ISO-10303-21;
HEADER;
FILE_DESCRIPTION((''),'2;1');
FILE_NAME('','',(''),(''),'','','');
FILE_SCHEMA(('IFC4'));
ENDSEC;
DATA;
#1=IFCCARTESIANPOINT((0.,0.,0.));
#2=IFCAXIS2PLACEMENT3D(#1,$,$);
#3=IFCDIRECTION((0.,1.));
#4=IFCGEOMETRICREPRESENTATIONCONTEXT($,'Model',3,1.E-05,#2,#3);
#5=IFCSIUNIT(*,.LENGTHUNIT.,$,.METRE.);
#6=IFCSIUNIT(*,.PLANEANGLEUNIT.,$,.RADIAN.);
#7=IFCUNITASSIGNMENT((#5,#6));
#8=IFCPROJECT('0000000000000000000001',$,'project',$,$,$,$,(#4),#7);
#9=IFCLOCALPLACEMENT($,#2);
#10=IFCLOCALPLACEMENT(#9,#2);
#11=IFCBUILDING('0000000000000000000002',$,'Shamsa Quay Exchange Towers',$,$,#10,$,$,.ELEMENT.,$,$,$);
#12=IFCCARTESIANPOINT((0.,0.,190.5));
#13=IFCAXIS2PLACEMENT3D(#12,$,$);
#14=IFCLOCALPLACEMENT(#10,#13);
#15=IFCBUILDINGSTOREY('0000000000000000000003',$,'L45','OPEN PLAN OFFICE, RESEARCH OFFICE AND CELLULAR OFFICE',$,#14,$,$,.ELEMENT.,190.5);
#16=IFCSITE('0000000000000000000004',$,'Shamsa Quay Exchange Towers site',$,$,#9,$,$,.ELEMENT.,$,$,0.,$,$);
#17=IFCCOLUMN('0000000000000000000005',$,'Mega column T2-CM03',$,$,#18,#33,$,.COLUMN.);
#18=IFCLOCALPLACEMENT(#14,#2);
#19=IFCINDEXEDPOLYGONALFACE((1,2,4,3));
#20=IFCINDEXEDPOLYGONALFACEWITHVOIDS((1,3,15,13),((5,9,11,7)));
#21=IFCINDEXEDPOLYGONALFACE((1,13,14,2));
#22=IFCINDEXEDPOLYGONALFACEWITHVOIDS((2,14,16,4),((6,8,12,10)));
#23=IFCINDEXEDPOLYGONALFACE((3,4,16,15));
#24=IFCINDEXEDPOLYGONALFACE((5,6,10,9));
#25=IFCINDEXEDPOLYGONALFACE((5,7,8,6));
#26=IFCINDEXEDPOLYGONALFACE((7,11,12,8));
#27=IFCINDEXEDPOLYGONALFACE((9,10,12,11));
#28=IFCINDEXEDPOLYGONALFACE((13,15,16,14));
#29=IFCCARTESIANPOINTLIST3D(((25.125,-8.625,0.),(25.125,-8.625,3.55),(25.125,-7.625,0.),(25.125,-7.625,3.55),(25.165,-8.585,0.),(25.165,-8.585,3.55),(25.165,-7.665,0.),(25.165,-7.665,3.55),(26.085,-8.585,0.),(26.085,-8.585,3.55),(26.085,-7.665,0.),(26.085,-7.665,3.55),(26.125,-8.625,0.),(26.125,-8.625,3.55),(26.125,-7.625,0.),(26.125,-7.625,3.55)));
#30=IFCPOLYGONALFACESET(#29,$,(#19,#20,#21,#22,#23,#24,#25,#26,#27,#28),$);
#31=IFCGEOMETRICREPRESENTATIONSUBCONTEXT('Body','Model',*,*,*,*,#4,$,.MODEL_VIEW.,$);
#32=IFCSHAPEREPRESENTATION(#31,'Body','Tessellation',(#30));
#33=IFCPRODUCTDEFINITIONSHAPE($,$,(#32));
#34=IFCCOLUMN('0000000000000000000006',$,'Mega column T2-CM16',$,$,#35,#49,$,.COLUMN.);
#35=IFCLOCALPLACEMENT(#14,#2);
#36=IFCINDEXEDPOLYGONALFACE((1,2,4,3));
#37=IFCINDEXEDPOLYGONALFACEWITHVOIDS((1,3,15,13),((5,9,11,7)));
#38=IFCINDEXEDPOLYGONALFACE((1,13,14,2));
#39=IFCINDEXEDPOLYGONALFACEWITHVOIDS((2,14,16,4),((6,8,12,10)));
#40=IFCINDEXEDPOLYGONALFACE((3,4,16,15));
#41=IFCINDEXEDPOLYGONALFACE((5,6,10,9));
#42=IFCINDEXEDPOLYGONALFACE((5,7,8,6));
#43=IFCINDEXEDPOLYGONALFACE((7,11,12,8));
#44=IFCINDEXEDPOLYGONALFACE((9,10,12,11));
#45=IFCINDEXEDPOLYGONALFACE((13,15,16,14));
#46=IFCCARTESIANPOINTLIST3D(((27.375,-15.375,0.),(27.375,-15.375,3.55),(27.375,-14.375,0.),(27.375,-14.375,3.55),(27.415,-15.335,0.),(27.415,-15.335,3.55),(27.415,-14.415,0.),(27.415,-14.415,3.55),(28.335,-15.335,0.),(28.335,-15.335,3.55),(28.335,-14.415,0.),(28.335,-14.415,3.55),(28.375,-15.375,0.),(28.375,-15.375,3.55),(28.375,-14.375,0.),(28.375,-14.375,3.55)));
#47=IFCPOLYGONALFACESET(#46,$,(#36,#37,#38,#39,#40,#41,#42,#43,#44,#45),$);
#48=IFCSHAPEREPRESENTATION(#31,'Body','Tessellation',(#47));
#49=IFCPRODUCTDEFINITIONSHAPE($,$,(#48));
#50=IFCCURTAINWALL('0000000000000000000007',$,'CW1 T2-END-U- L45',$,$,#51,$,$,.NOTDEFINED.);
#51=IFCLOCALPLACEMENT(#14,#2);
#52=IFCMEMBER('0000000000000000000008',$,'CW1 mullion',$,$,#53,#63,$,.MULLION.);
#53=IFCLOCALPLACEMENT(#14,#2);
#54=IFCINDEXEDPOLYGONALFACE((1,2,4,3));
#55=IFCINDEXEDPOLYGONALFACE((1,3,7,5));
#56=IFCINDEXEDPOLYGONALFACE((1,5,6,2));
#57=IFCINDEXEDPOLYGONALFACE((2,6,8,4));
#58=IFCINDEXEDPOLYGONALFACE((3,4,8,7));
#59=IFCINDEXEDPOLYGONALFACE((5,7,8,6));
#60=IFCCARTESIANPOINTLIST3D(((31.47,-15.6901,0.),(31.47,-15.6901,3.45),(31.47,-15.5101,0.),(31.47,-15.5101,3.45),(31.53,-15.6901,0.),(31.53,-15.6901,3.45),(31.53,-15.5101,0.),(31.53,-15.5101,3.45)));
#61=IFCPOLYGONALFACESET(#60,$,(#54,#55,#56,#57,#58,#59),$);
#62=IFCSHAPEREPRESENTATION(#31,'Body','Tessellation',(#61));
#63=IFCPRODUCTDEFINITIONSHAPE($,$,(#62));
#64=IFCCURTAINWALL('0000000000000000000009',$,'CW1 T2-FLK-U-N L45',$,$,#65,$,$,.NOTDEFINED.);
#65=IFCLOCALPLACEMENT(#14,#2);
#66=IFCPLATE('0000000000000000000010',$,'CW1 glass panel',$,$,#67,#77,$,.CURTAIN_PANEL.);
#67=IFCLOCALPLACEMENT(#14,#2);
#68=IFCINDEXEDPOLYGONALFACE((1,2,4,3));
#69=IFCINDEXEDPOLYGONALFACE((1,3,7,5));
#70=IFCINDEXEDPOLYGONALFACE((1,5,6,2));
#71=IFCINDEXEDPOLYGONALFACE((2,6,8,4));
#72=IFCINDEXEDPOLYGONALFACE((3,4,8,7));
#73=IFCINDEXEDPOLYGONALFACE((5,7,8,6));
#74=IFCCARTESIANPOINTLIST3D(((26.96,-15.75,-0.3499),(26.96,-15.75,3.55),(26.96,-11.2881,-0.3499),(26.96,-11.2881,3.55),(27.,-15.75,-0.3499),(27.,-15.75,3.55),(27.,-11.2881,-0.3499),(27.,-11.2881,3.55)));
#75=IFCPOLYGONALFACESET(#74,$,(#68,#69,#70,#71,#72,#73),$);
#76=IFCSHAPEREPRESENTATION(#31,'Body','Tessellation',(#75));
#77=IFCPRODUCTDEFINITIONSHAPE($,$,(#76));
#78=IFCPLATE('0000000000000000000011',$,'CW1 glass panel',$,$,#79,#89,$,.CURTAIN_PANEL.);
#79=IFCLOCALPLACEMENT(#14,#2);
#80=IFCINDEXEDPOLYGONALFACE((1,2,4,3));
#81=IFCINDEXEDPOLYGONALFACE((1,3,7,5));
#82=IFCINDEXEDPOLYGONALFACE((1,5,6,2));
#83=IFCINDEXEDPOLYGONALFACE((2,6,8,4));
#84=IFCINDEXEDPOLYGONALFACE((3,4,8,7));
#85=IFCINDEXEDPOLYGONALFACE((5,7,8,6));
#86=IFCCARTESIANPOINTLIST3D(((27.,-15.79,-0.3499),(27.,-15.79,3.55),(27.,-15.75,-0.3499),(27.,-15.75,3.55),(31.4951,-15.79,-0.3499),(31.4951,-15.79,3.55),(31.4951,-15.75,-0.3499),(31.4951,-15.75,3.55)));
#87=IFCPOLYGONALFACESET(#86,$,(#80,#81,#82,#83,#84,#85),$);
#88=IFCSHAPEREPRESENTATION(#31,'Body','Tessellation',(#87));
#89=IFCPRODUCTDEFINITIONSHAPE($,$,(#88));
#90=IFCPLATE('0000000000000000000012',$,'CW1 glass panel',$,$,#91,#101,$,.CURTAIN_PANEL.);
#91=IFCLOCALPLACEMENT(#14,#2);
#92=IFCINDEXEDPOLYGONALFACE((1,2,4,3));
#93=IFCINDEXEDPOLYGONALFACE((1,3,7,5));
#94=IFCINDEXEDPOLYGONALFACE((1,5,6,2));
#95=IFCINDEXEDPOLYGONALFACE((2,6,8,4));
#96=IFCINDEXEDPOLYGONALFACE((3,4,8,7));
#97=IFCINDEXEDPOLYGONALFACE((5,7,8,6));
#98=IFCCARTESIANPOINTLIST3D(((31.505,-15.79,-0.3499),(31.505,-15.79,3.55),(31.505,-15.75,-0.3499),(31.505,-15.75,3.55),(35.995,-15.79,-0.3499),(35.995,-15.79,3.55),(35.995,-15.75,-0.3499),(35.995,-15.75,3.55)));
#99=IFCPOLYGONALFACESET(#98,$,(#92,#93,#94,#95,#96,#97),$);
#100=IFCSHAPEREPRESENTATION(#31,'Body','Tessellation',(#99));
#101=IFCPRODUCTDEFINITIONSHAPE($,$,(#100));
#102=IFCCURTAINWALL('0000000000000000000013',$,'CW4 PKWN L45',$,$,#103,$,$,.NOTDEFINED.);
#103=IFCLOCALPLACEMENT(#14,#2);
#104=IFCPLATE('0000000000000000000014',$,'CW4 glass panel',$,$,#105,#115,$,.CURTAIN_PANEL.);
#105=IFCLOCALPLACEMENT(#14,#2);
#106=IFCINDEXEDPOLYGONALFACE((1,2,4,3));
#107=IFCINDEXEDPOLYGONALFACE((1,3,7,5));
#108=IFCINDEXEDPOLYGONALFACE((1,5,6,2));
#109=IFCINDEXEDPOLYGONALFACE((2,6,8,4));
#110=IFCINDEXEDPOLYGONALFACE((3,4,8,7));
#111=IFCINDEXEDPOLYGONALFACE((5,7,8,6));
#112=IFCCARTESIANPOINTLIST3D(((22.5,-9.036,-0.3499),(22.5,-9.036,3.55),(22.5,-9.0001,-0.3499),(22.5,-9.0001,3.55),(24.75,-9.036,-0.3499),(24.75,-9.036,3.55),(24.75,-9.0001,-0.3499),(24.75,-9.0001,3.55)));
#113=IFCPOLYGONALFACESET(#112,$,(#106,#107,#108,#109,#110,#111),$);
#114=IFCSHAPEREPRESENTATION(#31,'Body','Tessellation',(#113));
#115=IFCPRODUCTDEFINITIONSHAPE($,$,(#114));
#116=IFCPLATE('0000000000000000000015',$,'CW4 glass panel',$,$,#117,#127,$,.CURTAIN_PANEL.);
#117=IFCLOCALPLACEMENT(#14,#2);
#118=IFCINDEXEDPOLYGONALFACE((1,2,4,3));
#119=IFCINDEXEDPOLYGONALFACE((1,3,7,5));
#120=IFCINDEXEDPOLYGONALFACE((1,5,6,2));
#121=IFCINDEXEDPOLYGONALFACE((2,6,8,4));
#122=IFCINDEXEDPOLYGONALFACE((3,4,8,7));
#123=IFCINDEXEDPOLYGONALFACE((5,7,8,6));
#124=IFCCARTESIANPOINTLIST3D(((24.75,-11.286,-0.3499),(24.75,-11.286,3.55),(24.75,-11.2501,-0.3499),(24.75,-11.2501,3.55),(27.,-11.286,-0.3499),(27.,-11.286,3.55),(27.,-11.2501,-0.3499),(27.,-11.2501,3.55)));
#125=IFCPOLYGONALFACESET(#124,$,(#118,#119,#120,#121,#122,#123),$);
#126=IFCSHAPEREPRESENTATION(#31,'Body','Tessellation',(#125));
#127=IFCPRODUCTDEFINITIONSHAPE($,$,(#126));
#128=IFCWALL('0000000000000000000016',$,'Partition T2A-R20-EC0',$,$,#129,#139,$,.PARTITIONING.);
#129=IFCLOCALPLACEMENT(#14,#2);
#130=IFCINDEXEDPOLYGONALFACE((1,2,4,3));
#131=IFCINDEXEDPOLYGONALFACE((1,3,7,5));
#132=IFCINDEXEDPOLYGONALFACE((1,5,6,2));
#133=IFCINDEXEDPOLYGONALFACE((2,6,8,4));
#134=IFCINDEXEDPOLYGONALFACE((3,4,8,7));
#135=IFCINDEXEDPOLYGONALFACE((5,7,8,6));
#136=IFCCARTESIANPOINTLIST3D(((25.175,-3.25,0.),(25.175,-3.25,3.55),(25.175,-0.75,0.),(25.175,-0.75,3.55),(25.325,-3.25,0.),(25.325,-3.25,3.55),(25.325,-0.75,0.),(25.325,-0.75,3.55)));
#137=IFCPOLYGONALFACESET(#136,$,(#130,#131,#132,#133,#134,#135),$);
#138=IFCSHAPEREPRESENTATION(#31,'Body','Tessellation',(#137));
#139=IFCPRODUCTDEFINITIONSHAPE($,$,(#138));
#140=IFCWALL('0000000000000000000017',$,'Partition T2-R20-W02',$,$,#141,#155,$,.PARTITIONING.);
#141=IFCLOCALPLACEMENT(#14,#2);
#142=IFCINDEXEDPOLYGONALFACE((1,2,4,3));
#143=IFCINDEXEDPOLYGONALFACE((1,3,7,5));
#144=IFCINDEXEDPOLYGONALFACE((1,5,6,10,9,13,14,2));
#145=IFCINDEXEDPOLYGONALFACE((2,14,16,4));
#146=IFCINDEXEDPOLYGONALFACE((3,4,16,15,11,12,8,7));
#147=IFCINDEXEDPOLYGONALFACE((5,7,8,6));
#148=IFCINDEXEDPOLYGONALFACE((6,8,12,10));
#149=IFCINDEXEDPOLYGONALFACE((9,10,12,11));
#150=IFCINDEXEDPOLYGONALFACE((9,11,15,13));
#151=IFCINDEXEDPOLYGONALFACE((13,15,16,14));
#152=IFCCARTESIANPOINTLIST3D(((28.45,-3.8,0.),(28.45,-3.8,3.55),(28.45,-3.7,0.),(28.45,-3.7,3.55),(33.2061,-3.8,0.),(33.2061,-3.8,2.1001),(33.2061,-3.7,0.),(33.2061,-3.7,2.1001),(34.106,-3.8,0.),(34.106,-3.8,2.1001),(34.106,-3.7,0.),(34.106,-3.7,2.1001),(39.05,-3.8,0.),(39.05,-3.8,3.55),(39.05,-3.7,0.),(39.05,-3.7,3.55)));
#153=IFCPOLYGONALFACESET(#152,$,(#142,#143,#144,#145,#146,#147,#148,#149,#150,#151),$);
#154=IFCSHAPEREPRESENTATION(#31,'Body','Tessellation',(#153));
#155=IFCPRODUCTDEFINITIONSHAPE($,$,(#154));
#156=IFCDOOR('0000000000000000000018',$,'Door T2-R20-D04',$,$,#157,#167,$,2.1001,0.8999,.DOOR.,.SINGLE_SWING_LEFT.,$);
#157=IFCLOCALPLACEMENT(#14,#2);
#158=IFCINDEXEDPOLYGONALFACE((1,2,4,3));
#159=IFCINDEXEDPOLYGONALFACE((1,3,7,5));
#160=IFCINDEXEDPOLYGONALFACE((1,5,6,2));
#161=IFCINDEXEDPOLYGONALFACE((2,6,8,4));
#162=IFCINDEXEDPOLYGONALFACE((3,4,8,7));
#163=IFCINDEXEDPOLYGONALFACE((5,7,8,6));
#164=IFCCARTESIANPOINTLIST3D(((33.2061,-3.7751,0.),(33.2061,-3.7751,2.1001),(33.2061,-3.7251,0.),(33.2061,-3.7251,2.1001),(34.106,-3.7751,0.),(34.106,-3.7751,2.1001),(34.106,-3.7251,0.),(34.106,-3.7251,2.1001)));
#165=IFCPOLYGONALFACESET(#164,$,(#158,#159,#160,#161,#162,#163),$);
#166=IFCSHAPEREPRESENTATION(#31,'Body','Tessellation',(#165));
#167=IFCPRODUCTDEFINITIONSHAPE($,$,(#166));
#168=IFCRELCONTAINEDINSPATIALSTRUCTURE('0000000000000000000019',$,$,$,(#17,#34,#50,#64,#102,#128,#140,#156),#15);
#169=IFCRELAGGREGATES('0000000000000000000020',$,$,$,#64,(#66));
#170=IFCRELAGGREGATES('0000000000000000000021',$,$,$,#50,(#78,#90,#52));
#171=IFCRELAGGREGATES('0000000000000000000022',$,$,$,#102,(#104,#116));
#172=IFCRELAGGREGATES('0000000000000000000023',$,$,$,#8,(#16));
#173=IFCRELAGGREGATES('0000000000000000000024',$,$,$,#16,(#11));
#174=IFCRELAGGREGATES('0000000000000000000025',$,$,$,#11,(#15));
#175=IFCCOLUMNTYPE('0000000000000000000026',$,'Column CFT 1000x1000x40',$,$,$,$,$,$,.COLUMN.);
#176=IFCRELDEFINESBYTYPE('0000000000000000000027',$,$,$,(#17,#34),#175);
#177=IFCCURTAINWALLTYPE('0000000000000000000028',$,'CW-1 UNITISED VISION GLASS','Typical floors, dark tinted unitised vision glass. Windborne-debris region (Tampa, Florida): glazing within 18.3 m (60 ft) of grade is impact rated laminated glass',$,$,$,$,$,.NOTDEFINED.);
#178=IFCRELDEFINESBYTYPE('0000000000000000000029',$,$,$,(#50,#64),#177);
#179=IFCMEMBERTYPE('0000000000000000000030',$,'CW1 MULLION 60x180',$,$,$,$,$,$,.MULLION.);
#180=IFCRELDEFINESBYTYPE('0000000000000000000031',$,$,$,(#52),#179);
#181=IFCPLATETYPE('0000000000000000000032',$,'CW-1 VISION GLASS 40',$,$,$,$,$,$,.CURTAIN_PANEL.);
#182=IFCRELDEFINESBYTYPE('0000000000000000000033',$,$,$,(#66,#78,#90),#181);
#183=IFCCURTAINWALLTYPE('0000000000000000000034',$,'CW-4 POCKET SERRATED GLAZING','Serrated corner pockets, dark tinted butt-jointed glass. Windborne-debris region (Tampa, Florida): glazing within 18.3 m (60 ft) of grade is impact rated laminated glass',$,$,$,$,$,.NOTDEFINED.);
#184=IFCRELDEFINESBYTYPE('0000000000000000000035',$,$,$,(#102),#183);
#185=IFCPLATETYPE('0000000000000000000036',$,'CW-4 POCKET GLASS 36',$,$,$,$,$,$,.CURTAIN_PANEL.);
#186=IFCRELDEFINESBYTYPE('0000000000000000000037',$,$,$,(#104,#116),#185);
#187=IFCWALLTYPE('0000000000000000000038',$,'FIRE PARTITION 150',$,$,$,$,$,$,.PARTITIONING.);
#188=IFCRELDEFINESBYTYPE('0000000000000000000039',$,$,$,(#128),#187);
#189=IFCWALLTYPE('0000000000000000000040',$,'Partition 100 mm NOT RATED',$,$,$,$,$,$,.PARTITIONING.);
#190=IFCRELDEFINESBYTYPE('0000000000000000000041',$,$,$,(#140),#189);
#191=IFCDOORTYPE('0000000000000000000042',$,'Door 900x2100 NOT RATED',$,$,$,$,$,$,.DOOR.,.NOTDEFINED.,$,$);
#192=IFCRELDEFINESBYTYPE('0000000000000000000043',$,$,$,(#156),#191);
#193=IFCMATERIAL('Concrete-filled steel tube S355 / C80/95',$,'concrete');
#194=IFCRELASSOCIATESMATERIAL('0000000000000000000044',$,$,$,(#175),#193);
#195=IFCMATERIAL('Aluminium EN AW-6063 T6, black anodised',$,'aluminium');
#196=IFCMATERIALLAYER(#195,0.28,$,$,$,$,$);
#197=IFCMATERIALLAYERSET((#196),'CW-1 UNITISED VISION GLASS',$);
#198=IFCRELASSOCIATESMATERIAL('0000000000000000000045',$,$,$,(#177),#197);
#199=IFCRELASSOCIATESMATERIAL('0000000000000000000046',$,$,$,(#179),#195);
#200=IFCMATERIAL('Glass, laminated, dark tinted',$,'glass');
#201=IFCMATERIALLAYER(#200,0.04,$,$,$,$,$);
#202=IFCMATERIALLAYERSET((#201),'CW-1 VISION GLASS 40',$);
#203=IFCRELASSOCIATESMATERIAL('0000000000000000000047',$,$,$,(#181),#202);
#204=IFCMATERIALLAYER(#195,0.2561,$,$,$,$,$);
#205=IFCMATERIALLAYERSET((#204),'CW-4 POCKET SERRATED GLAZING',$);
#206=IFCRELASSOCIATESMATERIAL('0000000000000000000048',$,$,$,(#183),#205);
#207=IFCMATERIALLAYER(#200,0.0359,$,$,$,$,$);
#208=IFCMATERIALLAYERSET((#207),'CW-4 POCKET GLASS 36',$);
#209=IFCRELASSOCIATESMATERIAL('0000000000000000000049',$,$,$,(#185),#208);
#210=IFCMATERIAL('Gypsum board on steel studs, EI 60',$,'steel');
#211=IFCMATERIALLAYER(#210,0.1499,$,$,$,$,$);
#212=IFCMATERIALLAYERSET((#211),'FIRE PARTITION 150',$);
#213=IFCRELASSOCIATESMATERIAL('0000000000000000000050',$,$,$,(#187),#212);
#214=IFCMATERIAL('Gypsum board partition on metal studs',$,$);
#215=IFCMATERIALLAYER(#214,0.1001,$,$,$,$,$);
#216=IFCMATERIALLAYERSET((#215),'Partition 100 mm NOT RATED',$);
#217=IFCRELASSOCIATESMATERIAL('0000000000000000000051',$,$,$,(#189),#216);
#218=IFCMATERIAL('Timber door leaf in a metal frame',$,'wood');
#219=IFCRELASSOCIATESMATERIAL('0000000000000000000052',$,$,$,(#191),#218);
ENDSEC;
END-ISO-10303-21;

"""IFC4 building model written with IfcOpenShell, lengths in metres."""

from ifc_helpers import new_model, si_unit, direction, frame, frame_2d, origin, origin_2d, place, context, subcontext, project, spatial, rectangle, hollow_rectangle, extrude, material, layer, layer_set, material_profile, profile_set, type_object, element, fill, aggregate, save


model = new_model("IFC4")

# Units and contexts
model_context = context("Model", 3, precision=1e-05, world=origin(), true_north=direction((0.0, 1.0)))
body_context = subcontext(model_context, "Body", "Model", "MODEL_VIEW")
ifc_project = project(units=[si_unit("LENGTHUNIT", "METRE"), si_unit("PLANEANGLEUNIT", "RADIAN")], contexts=[model_context])

# Site, building, storey
site_placement = place(None, origin())
site = spatial("IfcSite", under=ifc_project, at=site_placement, Name="Shamsa Quay Exchange Towers site", CompositionType="ELEMENT", RefElevation=0.0)
building_placement = place(site_placement, origin())
building = spatial("IfcBuilding", under=site, at=building_placement, Name="Shamsa Quay Exchange Towers", CompositionType="ELEMENT")
storey_placement = place(building_placement, frame((0.0, 0.0, 190.5)))
storey = spatial("IfcBuildingStorey", under=building, at=storey_placement, Name="L45", Description="OPEN PLAN OFFICE, RESEARCH OFFICE AND CELLULAR OFFICE", CompositionType="ELEMENT", Elevation=190.5)

# Columns
ifc_material_1 = material(Name="Concrete-filled steel tube S355 / C80/95", Category="concrete")
ifc_material_profile_1 = material_profile(ifc_material_1, hollow_rectangle(XDim=1.0, YDim=1.0, WallThickness=0.04, at=origin_2d()), Name="CFT 1000x1000x40")
ifc_profile_set_1 = profile_set([ifc_material_profile_1], Name="Concrete-filled steel tube S355 / C80/95")
column_type = type_object("IfcColumnType", Name="Column CFT 1000x1000x40", PredefinedType="COLUMN", material=ifc_profile_set_1)
for number, where, name in (
    (1, (25.625, -8.125, 0.0), "Mega column T2-CM03"),
    (2, (27.875, -14.875, 0.0), "Mega column T2-CM16"),
):
    element("IfcColumn", number, at=place(storey_placement, frame(where)), inside=storey, type_object=column_type, Name=name, PredefinedType="COLUMN", context=body_context, shape_type="SweptSolid", body=[
        extrude(hollow_rectangle(XDim=1.0, YDim=1.0, WallThickness=0.04, at=origin_2d()), origin(), (0.0, 0.0, 1.0), 3.55),
    ])

# Curtain wall, member
ifc_material_2 = material(Name="Aluminium EN AW-6063 T6, black anodised", Category="aluminium")
ifc_layer_1 = layer(ifc_material_2, 0.28)
ifc_layer_set_1 = layer_set([ifc_layer_1], Name="CW-1 UNITISED VISION GLASS")
curtain_wall_type_1 = type_object("IfcCurtainWallType", Name="CW-1 UNITISED VISION GLASS", Description="Typical floors, dark tinted unitised vision glass. Windborne-debris region (Tampa, Florida): glazing within 18.3 m (60 ft) of grade is impact rated laminated glass", PredefinedType="NOTDEFINED", material=ifc_layer_set_1)
curtain_wall_1_placement = place(storey_placement, origin())
curtain_wall_1 = element("IfcCurtainWall", 3, at=curtain_wall_1_placement, inside=storey, type_object=curtain_wall_type_1, Name="CW1 T2-END-U- L45", PredefinedType="NOTDEFINED")
ifc_material_profile_2 = material_profile(ifc_material_2, rectangle(XDim=0.1799, YDim=0.0601, at=origin_2d()), Name="MU60x180")
ifc_profile_set_2 = profile_set([ifc_material_profile_2], Name="Aluminium EN AW-6063 T6, black anodised")
member_type = type_object("IfcMemberType", Name="CW1 MULLION 60x180", PredefinedType="MULLION", material=ifc_profile_set_2)
member_placement = place(storey_placement, frame((31.5, -15.6001, 0.0), z_axis=(0.0, 0.0, 1.0), x_axis=(0.0, 1.0, 0.0)))
member = element("IfcMember", 4, at=member_placement, type_object=member_type, Name="CW1 mullion", PredefinedType="MULLION", context=body_context, shape_type="SweptSolid", body=[
    extrude(rectangle(XDim=0.1799, YDim=0.0601, at=origin_2d()), origin(), (0.0, 0.0, 1.0), 3.45),
])

# Curtain wall, plate
curtain_wall_2_placement = place(storey_placement, origin())
curtain_wall_2 = element("IfcCurtainWall", 5, at=curtain_wall_2_placement, inside=storey, type_object=curtain_wall_type_1, Name="CW1 T2-FLK-U-N L45", PredefinedType="NOTDEFINED")
ifc_material_3 = material(Name="Glass, laminated, dark tinted", Category="glass")
ifc_layer_2 = layer(ifc_material_3, 0.04)
ifc_layer_set_2 = layer_set([ifc_layer_2], Name="CW-1 VISION GLASS 40")
plate_type_1 = type_object("IfcPlateType", Name="CW-1 VISION GLASS 40", PredefinedType="CURTAIN_PANEL", material=ifc_layer_set_2)
plate_1_placement = place(storey_placement, frame((26.98, -13.519, -0.3499), z_axis=(0.0, 0.0, 1.0), x_axis=(0.0, -1.0, 0.0)))
plate_1 = element("IfcPlate", 6, at=plate_1_placement, type_object=plate_type_1, Name="CW1 glass panel", PredefinedType="CURTAIN_PANEL", context=body_context, shape_type="SweptSolid", body=[
    extrude(rectangle(XDim=4.4619, YDim=0.04, at=origin_2d()), origin(), (0.0, 0.0, 1.0), 3.8999),
])
aggregate(curtain_wall_2, [plate_1])

# Plates
plate_2_placement = place(storey_placement, frame((29.2476, -15.77, -0.3499)))
plate_2 = element("IfcPlate", 7, at=plate_2_placement, type_object=plate_type_1, Name="CW1 glass panel", PredefinedType="CURTAIN_PANEL", context=body_context, shape_type="SweptSolid", body=[
    extrude(rectangle(XDim=4.4951, YDim=0.04, at=origin_2d()), origin(), (0.0, 0.0, 1.0), 3.8999),
])
plate_3_placement = place(storey_placement, frame((33.75, -15.77, -0.3499)))
plate_3 = element("IfcPlate", 8, at=plate_3_placement, type_object=plate_type_1, Name="CW1 glass panel", PredefinedType="CURTAIN_PANEL", context=body_context, shape_type="SweptSolid", body=[
    extrude(rectangle(XDim=4.49, YDim=0.04, at=origin_2d()), origin(), (0.0, 0.0, 1.0), 3.8999),
])
aggregate(curtain_wall_1, [plate_2, plate_3, member])

# Curtain wall, plates
ifc_layer_3 = layer(ifc_material_2, 0.2561)
ifc_layer_set_3 = layer_set([ifc_layer_3], Name="CW-4 POCKET SERRATED GLAZING")
curtain_wall_type_2 = type_object("IfcCurtainWallType", Name="CW-4 POCKET SERRATED GLAZING", Description="Serrated corner pockets, dark tinted butt-jointed glass. Windborne-debris region (Tampa, Florida): glazing within 18.3 m (60 ft) of grade is impact rated laminated glass", PredefinedType="NOTDEFINED", material=ifc_layer_set_3)
curtain_wall_3_placement = place(storey_placement, origin())
curtain_wall_3 = element("IfcCurtainWall", 9, at=curtain_wall_3_placement, inside=storey, type_object=curtain_wall_type_2, Name="CW4 PKWN L45", PredefinedType="NOTDEFINED")
ifc_layer_4 = layer(ifc_material_3, 0.0359)
ifc_layer_set_4 = layer_set([ifc_layer_4], Name="CW-4 POCKET GLASS 36")
plate_type_2 = type_object("IfcPlateType", Name="CW-4 POCKET GLASS 36", PredefinedType="CURTAIN_PANEL", material=ifc_layer_set_4)
plate_4_placement = place(storey_placement, frame((23.625, -9.0181, -0.3499)))
plate_4 = element("IfcPlate", 10, at=plate_4_placement, type_object=plate_type_2, Name="CW4 glass panel", PredefinedType="CURTAIN_PANEL", context=body_context, shape_type="SweptSolid", body=[
    extrude(rectangle(XDim=2.25, YDim=0.0359, at=origin_2d()), origin(), (0.0, 0.0, 1.0), 3.8999),
])
plate_5_placement = place(storey_placement, frame((25.875, -11.2681, -0.3499)))
plate_5 = element("IfcPlate", 11, at=plate_5_placement, type_object=plate_type_2, Name="CW4 glass panel", PredefinedType="CURTAIN_PANEL", context=body_context, shape_type="SweptSolid", body=[
    extrude(rectangle(XDim=2.25, YDim=0.0359, at=origin_2d()), origin(), (0.0, 0.0, 1.0), 3.8999),
])
aggregate(curtain_wall_3, [plate_4, plate_5])

# Wall
ifc_material_4 = material(Name="Gypsum board on steel studs, EI 60", Category="steel")
ifc_layer_5 = layer(ifc_material_4, 0.1499)
ifc_layer_set_5 = layer_set([ifc_layer_5], Name="FIRE PARTITION 150")
wall_type_1 = type_object("IfcWallType", Name="FIRE PARTITION 150", PredefinedType="PARTITIONING", material=ifc_layer_set_5)
wall_1_placement = place(storey_placement, frame((25.25, -3.25, 0.0), z_axis=(0.0, 0.0, 1.0), x_axis=(0.0, 1.0, 0.0)))
element("IfcWall", 12, at=wall_1_placement, inside=storey, type_object=wall_type_1, Name="Partition T2A-R20-EC0", PredefinedType="PARTITIONING", context=body_context, shape_type="SweptSolid", body=[
    extrude(rectangle(XDim=2.5, YDim=0.1499, at=frame_2d((1.25, 0.0))), origin(), (0.0, 0.0, 1.0), 3.55),
])

# Wall, opening, door
ifc_material_5 = material(Name="Gypsum board partition on metal studs")
ifc_layer_6 = layer(ifc_material_5, 0.1001)
ifc_layer_set_6 = layer_set([ifc_layer_6], Name="Partition 100 mm NOT RATED")
wall_type_2 = type_object("IfcWallType", Name="Partition 100 mm NOT RATED", PredefinedType="PARTITIONING", material=ifc_layer_set_6)
wall_2_placement = place(storey_placement, frame((28.45, -3.75, 0.0)))
wall_2 = element("IfcWall", 13, at=wall_2_placement, inside=storey, type_object=wall_type_2, Name="Partition T2-R20-W02", PredefinedType="PARTITIONING", context=body_context, shape_type="SweptSolid", body=[
    extrude(rectangle(XDim=10.6001, YDim=0.1001, at=frame_2d((5.3, 0.0))), origin(), (0.0, 0.0, 1.0), 3.55),
])
opening_1_placement = place(wall_2_placement, frame((4.7561, 0.0, 0.0)))
opening_1 = element("IfcOpeningElement", 14, at=opening_1_placement, cuts=wall_2, PredefinedType="OPENING", context=body_context, shape_type="SweptSolid", body=[
    extrude(rectangle(XDim=0.8999, YDim=2.1001, at=frame_2d((0.45, 1.05))), frame((0.0, 0.0601, 0.0), z_axis=(0.0, -1.0, 0.0), x_axis=(1.0, 0.0, 0.0)), (0.0, 0.0, 1.0), 0.1201),
])
ifc_material_6 = material(Name="Timber door leaf in a metal frame", Category="wood")
door_type_1 = type_object("IfcDoorType", Name="Door 900x2100 NOT RATED", OperationType="NOTDEFINED", PredefinedType="DOOR", material=ifc_material_6)
door_1_placement = place(opening_1_placement, origin())
door_1 = element("IfcDoor", 15, at=door_1_placement, inside=storey, type_object=door_type_1, Name="Door T2-R20-D04", OperationType="SINGLE_SWING_LEFT", OverallHeight=2.1001, OverallWidth=0.8999, PredefinedType="DOOR", context=body_context, shape_type="SweptSolid", body=[
    extrude(rectangle(XDim=0.8999, YDim=2.1001, at=frame_2d((0.45, 1.05))), frame((0.0, 0.0249, 0.0), z_axis=(0.0, -1.0, 0.0), x_axis=(1.0, 0.0, 0.0)), (0.0, 0.0, 1.0), 0.05),
])
fill(opening_1, door_1)

save(model, "model.ifc")
